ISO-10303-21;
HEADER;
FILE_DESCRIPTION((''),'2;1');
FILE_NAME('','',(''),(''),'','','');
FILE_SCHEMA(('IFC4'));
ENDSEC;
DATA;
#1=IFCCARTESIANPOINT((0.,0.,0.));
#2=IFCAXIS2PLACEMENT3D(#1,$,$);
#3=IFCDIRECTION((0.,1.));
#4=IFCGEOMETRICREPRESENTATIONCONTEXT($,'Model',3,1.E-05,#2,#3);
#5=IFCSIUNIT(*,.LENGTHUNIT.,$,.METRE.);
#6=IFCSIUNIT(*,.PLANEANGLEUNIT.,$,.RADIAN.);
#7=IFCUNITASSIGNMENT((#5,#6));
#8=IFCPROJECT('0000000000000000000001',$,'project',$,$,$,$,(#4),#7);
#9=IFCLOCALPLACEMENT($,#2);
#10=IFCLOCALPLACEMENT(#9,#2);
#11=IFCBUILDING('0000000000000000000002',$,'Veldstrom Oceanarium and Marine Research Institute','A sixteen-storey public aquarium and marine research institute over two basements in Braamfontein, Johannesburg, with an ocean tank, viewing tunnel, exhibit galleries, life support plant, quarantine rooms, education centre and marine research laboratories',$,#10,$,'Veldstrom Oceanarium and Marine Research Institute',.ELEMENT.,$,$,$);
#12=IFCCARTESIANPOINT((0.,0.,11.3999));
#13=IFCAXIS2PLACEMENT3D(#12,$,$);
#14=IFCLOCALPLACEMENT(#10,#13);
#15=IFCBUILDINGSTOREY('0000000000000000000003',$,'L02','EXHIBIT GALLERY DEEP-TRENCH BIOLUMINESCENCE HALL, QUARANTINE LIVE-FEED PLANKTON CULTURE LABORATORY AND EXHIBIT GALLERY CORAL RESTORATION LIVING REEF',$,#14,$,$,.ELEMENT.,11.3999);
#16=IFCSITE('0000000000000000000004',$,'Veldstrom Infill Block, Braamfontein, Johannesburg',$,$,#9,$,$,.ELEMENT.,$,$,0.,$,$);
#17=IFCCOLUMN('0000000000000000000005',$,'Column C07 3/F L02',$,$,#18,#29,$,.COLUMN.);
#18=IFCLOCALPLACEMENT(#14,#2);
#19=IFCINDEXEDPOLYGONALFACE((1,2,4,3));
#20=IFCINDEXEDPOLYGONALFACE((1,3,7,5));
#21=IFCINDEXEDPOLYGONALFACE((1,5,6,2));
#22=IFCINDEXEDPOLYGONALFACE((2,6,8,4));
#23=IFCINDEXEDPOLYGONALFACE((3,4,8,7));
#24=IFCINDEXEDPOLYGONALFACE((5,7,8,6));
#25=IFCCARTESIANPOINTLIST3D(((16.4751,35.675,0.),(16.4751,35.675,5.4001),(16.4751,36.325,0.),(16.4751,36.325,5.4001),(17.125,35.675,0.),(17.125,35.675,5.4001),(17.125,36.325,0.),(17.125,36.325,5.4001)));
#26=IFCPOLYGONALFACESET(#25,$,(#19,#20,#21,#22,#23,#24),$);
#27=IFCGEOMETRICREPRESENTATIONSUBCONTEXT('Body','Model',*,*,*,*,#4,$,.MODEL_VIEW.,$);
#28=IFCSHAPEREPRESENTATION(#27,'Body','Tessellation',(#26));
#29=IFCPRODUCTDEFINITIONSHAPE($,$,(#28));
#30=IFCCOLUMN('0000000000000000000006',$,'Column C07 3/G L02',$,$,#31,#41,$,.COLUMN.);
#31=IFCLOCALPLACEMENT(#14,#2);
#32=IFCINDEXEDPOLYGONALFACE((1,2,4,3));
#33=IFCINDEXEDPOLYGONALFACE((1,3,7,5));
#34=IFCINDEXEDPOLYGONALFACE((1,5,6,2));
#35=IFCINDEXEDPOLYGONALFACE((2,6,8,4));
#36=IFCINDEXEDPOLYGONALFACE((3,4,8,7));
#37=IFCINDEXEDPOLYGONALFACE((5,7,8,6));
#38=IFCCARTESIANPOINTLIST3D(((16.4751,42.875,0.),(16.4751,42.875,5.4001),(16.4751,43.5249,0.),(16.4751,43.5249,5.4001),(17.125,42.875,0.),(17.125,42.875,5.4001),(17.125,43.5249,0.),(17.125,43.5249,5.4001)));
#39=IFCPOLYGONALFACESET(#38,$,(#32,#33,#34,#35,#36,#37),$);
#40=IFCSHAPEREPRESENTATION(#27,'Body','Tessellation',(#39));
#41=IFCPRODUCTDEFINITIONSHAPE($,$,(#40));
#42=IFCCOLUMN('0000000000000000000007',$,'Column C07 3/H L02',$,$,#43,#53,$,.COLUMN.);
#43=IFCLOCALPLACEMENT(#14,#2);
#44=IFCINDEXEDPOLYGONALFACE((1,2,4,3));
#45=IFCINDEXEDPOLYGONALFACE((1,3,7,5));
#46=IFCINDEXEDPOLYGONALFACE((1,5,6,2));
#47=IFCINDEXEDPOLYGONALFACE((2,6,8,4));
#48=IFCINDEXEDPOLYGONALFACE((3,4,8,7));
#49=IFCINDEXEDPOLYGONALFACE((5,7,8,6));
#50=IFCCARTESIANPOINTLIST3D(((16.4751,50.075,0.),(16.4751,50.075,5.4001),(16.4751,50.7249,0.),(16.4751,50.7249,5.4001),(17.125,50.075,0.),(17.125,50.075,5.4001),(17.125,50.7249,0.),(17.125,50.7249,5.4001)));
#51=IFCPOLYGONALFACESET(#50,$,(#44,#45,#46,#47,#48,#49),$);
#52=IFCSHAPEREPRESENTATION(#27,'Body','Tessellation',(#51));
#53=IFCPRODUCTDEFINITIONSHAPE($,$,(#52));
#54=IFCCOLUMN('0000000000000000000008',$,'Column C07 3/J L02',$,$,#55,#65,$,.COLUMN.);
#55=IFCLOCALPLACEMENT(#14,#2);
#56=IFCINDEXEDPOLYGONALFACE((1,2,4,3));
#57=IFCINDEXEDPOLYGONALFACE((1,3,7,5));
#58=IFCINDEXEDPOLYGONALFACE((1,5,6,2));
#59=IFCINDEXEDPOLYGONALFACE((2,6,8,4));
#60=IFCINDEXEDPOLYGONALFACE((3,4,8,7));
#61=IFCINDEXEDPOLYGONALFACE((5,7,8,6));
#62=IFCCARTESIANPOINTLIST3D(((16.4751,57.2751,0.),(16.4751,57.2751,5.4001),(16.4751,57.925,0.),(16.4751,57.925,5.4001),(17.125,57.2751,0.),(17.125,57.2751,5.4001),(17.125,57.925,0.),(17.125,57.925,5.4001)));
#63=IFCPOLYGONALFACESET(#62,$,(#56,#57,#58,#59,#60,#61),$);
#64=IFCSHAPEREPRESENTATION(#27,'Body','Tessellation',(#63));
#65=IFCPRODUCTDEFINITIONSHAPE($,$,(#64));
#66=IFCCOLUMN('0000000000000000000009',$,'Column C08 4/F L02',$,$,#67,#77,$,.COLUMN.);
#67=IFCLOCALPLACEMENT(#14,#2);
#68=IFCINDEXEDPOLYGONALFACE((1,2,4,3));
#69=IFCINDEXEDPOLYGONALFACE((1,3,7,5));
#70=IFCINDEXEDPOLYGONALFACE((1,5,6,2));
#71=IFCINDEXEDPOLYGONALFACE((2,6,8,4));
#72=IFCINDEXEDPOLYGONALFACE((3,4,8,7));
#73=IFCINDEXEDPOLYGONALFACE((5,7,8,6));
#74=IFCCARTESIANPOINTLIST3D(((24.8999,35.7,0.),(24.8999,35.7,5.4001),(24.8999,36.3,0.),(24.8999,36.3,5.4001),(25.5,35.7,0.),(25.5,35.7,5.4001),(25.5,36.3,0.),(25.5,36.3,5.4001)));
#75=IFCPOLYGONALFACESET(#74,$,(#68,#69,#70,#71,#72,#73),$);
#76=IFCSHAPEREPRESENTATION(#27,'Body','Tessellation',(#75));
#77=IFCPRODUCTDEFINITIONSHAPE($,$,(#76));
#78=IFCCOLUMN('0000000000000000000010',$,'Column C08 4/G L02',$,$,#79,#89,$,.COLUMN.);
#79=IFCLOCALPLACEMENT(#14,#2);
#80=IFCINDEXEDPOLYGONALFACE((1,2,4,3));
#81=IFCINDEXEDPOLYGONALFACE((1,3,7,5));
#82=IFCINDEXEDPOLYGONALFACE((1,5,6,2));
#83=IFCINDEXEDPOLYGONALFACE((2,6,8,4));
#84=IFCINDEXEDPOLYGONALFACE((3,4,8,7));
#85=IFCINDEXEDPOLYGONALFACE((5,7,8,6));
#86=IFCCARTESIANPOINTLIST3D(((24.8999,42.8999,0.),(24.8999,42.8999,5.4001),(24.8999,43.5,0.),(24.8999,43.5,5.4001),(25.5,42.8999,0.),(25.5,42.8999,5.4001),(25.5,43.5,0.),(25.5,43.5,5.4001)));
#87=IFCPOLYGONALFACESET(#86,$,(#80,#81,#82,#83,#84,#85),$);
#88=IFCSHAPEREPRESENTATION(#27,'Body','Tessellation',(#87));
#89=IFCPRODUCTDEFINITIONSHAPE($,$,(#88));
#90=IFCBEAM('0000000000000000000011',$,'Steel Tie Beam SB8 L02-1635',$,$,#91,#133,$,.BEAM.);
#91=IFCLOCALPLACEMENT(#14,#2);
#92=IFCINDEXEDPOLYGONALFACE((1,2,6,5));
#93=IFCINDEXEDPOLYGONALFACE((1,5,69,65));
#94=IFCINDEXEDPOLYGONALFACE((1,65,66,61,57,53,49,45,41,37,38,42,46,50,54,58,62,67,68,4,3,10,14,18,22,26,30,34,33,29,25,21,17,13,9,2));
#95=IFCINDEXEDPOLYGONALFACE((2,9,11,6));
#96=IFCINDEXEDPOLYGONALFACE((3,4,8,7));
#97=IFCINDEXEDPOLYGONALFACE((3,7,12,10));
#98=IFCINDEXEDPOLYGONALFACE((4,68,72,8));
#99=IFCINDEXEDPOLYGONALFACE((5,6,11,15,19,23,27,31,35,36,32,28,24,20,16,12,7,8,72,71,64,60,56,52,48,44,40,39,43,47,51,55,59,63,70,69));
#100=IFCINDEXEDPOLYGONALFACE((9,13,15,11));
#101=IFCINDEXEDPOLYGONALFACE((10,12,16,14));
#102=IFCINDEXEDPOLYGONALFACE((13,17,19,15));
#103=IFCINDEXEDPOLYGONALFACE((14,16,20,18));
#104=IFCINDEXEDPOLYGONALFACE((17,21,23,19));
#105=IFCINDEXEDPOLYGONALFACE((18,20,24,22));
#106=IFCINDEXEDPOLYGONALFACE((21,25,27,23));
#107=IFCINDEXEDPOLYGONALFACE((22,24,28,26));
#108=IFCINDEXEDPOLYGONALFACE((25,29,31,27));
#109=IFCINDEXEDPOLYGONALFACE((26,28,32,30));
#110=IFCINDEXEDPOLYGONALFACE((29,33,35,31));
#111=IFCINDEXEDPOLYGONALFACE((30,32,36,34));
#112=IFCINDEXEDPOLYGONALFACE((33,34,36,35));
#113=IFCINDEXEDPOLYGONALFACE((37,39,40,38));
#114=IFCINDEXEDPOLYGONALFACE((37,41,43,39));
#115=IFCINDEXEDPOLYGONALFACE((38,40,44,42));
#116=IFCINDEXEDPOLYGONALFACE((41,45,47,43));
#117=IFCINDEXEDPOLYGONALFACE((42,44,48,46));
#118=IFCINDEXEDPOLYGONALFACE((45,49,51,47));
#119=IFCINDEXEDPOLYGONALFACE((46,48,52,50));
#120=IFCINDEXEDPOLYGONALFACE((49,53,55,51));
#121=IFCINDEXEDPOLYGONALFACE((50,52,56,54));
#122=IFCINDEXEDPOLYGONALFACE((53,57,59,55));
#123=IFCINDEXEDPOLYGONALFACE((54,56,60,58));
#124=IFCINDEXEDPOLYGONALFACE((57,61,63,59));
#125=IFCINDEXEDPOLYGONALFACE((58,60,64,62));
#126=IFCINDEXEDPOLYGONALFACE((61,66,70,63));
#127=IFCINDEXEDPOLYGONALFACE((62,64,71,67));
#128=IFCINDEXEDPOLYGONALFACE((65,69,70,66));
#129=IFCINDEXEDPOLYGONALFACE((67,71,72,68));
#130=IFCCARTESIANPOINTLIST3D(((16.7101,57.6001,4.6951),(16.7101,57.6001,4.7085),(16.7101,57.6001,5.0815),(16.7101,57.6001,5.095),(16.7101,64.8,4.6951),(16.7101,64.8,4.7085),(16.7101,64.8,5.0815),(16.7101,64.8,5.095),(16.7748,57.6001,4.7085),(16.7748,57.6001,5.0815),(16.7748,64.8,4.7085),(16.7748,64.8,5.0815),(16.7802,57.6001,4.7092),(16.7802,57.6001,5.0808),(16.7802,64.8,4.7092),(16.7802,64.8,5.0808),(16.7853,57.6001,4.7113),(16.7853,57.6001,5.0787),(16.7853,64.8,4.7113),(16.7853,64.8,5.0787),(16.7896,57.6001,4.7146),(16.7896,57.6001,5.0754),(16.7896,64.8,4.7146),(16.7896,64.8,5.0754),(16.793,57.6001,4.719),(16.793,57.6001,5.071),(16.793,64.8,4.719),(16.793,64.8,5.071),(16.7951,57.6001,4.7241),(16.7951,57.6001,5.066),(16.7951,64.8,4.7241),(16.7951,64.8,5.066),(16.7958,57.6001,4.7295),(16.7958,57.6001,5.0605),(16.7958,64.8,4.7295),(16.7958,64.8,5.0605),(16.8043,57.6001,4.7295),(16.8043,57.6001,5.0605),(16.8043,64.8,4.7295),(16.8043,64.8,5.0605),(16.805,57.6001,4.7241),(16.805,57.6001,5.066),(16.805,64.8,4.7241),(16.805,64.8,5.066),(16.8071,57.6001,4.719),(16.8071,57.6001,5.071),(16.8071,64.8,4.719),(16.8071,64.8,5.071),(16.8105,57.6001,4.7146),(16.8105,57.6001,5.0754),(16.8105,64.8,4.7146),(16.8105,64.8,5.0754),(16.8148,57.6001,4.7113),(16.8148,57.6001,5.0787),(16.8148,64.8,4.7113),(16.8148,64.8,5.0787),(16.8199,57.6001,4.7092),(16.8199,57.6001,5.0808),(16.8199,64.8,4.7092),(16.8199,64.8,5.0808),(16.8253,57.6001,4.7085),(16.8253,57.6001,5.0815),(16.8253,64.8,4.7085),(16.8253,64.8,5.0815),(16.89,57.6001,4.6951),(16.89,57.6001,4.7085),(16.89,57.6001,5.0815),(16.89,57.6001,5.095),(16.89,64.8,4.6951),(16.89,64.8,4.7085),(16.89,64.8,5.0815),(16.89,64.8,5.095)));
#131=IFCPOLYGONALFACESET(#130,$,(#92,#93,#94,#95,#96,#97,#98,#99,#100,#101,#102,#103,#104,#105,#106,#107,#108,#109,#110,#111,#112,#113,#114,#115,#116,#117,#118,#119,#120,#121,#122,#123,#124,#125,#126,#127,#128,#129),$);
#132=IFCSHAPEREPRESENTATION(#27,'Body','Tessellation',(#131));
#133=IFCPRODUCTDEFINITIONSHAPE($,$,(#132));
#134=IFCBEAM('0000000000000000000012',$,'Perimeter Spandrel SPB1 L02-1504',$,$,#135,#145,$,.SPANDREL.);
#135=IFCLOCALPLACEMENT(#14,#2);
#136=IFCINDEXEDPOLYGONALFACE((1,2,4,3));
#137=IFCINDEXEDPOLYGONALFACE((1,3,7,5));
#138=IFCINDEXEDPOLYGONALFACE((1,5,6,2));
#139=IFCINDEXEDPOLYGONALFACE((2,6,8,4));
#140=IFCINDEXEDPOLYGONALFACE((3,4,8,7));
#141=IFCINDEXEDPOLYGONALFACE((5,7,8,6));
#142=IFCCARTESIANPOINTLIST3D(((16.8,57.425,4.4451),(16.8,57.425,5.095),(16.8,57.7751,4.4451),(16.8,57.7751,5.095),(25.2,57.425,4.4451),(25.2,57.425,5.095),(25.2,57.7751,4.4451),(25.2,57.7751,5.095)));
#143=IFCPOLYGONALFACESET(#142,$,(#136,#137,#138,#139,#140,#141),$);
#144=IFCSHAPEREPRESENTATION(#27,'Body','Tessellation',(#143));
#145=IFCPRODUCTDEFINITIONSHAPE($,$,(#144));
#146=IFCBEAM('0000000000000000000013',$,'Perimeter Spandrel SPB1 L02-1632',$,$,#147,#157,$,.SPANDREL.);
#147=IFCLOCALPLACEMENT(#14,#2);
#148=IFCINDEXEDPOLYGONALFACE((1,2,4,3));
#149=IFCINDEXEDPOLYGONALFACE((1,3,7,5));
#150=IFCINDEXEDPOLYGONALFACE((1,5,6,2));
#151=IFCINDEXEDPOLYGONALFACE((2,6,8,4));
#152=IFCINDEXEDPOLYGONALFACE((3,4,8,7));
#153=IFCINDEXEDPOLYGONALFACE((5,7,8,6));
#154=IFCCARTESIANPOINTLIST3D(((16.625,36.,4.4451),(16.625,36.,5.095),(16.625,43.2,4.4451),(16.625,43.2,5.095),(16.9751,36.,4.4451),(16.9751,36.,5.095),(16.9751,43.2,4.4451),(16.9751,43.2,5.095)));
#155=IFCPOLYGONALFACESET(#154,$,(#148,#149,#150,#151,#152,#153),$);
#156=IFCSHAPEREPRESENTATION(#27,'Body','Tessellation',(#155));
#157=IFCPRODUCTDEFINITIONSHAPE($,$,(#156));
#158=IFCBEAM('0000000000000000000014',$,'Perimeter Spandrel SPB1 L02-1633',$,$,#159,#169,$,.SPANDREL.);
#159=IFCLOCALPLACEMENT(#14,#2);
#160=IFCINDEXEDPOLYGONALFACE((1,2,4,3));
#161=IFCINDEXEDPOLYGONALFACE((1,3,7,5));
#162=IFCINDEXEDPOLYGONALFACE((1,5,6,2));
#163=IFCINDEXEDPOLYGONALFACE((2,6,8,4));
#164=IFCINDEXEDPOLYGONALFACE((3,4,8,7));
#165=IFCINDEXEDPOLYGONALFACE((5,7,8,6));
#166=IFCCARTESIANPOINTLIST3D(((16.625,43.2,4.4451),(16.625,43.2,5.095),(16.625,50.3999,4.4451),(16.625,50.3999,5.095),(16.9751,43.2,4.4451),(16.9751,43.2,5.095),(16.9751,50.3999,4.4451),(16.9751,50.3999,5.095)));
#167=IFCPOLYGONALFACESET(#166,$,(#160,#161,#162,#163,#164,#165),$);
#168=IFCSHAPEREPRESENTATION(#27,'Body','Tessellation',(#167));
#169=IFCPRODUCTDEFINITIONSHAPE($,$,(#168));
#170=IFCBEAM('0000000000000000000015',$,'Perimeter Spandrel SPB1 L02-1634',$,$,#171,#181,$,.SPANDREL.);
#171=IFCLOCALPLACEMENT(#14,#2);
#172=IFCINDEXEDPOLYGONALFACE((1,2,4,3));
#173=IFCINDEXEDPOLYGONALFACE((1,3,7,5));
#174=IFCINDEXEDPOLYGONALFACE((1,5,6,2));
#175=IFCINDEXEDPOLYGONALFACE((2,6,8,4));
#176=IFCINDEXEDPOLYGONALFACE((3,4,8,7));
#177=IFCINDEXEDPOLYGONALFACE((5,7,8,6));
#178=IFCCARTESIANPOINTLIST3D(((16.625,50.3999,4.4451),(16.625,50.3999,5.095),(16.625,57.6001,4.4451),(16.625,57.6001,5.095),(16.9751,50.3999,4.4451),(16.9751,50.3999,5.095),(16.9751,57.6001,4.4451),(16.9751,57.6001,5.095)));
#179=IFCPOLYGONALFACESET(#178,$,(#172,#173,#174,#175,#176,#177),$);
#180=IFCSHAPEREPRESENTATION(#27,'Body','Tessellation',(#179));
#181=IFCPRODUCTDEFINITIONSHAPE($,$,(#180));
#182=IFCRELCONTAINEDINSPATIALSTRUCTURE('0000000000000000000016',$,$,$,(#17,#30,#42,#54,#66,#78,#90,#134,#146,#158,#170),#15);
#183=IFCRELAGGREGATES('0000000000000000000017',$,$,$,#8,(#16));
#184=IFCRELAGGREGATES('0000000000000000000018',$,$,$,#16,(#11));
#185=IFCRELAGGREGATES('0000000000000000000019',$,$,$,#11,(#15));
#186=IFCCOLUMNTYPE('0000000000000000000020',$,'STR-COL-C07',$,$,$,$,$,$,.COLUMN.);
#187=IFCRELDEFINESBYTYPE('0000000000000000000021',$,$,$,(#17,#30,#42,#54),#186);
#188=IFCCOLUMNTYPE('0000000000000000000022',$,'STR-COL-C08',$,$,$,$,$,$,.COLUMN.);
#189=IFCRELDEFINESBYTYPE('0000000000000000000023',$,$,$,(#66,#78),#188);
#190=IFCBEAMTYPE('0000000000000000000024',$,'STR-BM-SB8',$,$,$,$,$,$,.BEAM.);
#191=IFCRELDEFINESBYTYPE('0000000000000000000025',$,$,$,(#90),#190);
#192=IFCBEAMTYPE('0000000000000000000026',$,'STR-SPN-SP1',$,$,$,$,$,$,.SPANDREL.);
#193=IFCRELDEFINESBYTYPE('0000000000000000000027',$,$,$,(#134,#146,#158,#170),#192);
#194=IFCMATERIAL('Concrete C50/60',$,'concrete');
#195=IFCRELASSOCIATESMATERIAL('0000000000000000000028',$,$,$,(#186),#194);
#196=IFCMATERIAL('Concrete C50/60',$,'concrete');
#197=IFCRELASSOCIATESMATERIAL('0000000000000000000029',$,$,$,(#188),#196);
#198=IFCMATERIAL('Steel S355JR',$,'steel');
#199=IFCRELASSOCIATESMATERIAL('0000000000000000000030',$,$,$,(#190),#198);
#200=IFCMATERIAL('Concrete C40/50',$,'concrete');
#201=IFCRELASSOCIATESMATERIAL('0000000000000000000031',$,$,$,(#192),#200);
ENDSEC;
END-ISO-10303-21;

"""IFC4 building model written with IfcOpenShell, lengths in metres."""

from ifc_helpers import new_model, si_unit, direction, frame, origin, origin_2d, place, context, subcontext, project, spatial, rectangle, i_section, extrude, material, material_profile, profile_set, type_object, element, save


model = new_model("IFC4")

# Units and contexts
model_context = context("Model", 3, precision=1e-05, world=origin(), true_north=direction((0.0, 1.0)))
body_context = subcontext(model_context, "Body", "Model", "MODEL_VIEW")
ifc_project = project(units=[si_unit("LENGTHUNIT", "METRE"), si_unit("PLANEANGLEUNIT", "RADIAN")], contexts=[model_context])

# Site, building, storey
site_placement = place(None, origin())
site = spatial("IfcSite", under=ifc_project, at=site_placement, Name="Veldstrom Infill Block, Braamfontein, Johannesburg", CompositionType="ELEMENT", RefElevation=0.0)
building_placement = place(site_placement, origin())
building = spatial("IfcBuilding", under=site, at=building_placement, Name="Veldstrom Oceanarium and Marine Research Institute", Description="A sixteen-storey public aquarium and marine research institute over two basements in Braamfontein, Johannesburg, with an ocean tank, viewing tunnel, exhibit galleries, life support plant, quarantine rooms, education centre and marine research laboratories", LongName="Veldstrom Oceanarium and Marine Research Institute", CompositionType="ELEMENT")
storey_placement = place(building_placement, frame((0.0, 0.0, 11.3999)))
storey = spatial("IfcBuildingStorey", under=building, at=storey_placement, Name="L02", Description="EXHIBIT GALLERY DEEP-TRENCH BIOLUMINESCENCE HALL, QUARANTINE LIVE-FEED PLANKTON CULTURE LABORATORY AND EXHIBIT GALLERY CORAL RESTORATION LIVING REEF", CompositionType="ELEMENT", Elevation=11.3999)

# Columns
ifc_material_1 = material(Name="Concrete C50/60", Category="concrete")
ifc_material_profile_1 = material_profile(ifc_material_1, rectangle(XDim=0.6499, YDim=0.6499, at=origin_2d()), Name="RC-COL-650x650")
ifc_profile_set_1 = profile_set([ifc_material_profile_1], Name="Concrete C50/60")
column_type_1 = type_object("IfcColumnType", Name="STR-COL-C07", PredefinedType="COLUMN", material=ifc_profile_set_1)
for number, where, z_axis, x_axis, name in (
    (1, (16.8, 36.0, 0.0), (0.0, 0.0, 1.0), (1.0, 0.0, 0.0), "Column C07 3/F L02"),
    (2, (16.8, 43.2, 0.0), (0.0, 0.0, 1.0), (1.0, 0.0, 0.0), "Column C07 3/G L02"),
    (3, (16.8, 50.3999, 0.0), (0.0, 0.0, 1.0), (1.0, 0.0, 0.0), "Column C07 3/H L02"),
    (4, (16.8, 57.6001, 0.0), (0.0, 0.0, 1.0), (1.0, 0.0, 0.0), "Column C07 3/J L02"),
):
    element("IfcColumn", number, at=place(storey_placement, frame(where, z_axis=z_axis, x_axis=x_axis)), inside=storey, type_object=column_type_1, Name=name, PredefinedType="COLUMN", context=body_context, shape_type="SweptSolid", body=[
        extrude(rectangle(XDim=0.6499, YDim=0.6499, at=origin_2d()), origin(), (0.0, 0.0, 1.0), 5.4001),
    ])
ifc_material_2 = material(Name="Concrete C50/60", Category="concrete")
ifc_material_profile_2 = material_profile(ifc_material_2, rectangle(XDim=0.6001, YDim=0.6001, at=origin_2d()), Name="RC-COL-600x600")
ifc_profile_set_2 = profile_set([ifc_material_profile_2], Name="Concrete C50/60")
column_type_2 = type_object("IfcColumnType", Name="STR-COL-C08", PredefinedType="COLUMN", material=ifc_profile_set_2)
for number, where, z_axis, x_axis, name in (
    (5, (25.2, 36.0, 0.0), (0.0, 0.0, 1.0), (1.0, 0.0, 0.0), "Column C08 4/F L02"),
    (6, (25.2, 43.2, 0.0), (0.0, 0.0, 1.0), (1.0, 0.0, 0.0), "Column C08 4/G L02"),
):
    element("IfcColumn", number, at=place(storey_placement, frame(where, z_axis=z_axis, x_axis=x_axis)), inside=storey, type_object=column_type_2, Name=name, PredefinedType="COLUMN", context=body_context, shape_type="SweptSolid", body=[
        extrude(rectangle(XDim=0.6001, YDim=0.6001, at=origin_2d()), origin(), (0.0, 0.0, 1.0), 5.4001),
    ])

# Beams
ifc_material_3 = material(Name="Steel S355JR", Category="steel")
ifc_material_profile_3 = material_profile(ifc_material_3, i_section(OverallWidth=0.1799, OverallDepth=0.3999, WebThickness=0.0085, FlangeThickness=0.0134, FilletRadius=0.021, at=origin_2d()), Name="IPE 400")
ifc_profile_set_3 = profile_set([ifc_material_profile_3], Name="Steel S355JR")
beam_type_1 = type_object("IfcBeamType", Name="STR-BM-SB8", PredefinedType="BEAM", material=ifc_profile_set_3)
beam_1_placement = place(storey_placement, frame((16.8, 57.6001, 4.895), z_axis=(0.0, 1.0, 0.0), x_axis=(-1.0, 0.0, 0.0)))
element("IfcBeam", 7, at=beam_1_placement, inside=storey, type_object=beam_type_1, Name="Steel Tie Beam SB8 L02-1635", PredefinedType="BEAM", context=body_context, shape_type="SweptSolid", body=[
    extrude(i_section(OverallWidth=0.1799, OverallDepth=0.3999, WebThickness=0.0085, FlangeThickness=0.0134, FilletRadius=0.021, at=origin_2d()), origin(), (0.0, 0.0, 1.0), 7.2),
])
ifc_material_4 = material(Name="Concrete C40/50", Category="concrete")
ifc_material_profile_4 = material_profile(ifc_material_4, rectangle(XDim=0.3501, YDim=0.6499, at=origin_2d()), Name="RC-SPN-350x650")
ifc_profile_set_4 = profile_set([ifc_material_profile_4], Name="Concrete C40/50")
beam_type_2 = type_object("IfcBeamType", Name="STR-SPN-SP1", PredefinedType="SPANDREL", material=ifc_profile_set_4)
beam_2_placement = place(storey_placement, frame((16.8, 57.6001, 4.77), z_axis=(1.0, 0.0, 0.0), x_axis=(0.0, 1.0, 0.0)))
element("IfcBeam", 8, at=beam_2_placement, inside=storey, type_object=beam_type_2, Name="Perimeter Spandrel SPB1 L02-1504", PredefinedType="SPANDREL", context=body_context, shape_type="SweptSolid", body=[
    extrude(rectangle(XDim=0.3501, YDim=0.6499, at=origin_2d()), origin(), (0.0, 0.0, 1.0), 8.3999),
])
for number, where, z_axis, x_axis, name in (
    (9, (16.8, 36.0, 4.77), (0.0, 1.0, 0.0), (-1.0, 0.0, 0.0), "Perimeter Spandrel SPB1 L02-1632"),
    (10, (16.8, 43.2, 4.77), (0.0, 1.0, 0.0), (-1.0, 0.0, 0.0), "Perimeter Spandrel SPB1 L02-1633"),
):
    element("IfcBeam", number, at=place(storey_placement, frame(where, z_axis=z_axis, x_axis=x_axis)), inside=storey, type_object=beam_type_2, Name=name, PredefinedType="SPANDREL", context=body_context, shape_type="SweptSolid", body=[
        extrude(rectangle(XDim=0.3501, YDim=0.6499, at=origin_2d()), origin(), (0.0, 0.0, 1.0), 7.2),
    ])
beam_3_placement = place(storey_placement, frame((16.8, 50.3999, 4.77), z_axis=(0.0, 1.0, 0.0), x_axis=(-1.0, 0.0, 0.0)))
element("IfcBeam", 11, at=beam_3_placement, inside=storey, type_object=beam_type_2, Name="Perimeter Spandrel SPB1 L02-1634", PredefinedType="SPANDREL", context=body_context, shape_type="SweptSolid", body=[
    extrude(rectangle(XDim=0.3501, YDim=0.6499, at=origin_2d()), origin(), (0.0, 0.0, 1.0), 7.2002),
])

save(model, "model.ifc")
